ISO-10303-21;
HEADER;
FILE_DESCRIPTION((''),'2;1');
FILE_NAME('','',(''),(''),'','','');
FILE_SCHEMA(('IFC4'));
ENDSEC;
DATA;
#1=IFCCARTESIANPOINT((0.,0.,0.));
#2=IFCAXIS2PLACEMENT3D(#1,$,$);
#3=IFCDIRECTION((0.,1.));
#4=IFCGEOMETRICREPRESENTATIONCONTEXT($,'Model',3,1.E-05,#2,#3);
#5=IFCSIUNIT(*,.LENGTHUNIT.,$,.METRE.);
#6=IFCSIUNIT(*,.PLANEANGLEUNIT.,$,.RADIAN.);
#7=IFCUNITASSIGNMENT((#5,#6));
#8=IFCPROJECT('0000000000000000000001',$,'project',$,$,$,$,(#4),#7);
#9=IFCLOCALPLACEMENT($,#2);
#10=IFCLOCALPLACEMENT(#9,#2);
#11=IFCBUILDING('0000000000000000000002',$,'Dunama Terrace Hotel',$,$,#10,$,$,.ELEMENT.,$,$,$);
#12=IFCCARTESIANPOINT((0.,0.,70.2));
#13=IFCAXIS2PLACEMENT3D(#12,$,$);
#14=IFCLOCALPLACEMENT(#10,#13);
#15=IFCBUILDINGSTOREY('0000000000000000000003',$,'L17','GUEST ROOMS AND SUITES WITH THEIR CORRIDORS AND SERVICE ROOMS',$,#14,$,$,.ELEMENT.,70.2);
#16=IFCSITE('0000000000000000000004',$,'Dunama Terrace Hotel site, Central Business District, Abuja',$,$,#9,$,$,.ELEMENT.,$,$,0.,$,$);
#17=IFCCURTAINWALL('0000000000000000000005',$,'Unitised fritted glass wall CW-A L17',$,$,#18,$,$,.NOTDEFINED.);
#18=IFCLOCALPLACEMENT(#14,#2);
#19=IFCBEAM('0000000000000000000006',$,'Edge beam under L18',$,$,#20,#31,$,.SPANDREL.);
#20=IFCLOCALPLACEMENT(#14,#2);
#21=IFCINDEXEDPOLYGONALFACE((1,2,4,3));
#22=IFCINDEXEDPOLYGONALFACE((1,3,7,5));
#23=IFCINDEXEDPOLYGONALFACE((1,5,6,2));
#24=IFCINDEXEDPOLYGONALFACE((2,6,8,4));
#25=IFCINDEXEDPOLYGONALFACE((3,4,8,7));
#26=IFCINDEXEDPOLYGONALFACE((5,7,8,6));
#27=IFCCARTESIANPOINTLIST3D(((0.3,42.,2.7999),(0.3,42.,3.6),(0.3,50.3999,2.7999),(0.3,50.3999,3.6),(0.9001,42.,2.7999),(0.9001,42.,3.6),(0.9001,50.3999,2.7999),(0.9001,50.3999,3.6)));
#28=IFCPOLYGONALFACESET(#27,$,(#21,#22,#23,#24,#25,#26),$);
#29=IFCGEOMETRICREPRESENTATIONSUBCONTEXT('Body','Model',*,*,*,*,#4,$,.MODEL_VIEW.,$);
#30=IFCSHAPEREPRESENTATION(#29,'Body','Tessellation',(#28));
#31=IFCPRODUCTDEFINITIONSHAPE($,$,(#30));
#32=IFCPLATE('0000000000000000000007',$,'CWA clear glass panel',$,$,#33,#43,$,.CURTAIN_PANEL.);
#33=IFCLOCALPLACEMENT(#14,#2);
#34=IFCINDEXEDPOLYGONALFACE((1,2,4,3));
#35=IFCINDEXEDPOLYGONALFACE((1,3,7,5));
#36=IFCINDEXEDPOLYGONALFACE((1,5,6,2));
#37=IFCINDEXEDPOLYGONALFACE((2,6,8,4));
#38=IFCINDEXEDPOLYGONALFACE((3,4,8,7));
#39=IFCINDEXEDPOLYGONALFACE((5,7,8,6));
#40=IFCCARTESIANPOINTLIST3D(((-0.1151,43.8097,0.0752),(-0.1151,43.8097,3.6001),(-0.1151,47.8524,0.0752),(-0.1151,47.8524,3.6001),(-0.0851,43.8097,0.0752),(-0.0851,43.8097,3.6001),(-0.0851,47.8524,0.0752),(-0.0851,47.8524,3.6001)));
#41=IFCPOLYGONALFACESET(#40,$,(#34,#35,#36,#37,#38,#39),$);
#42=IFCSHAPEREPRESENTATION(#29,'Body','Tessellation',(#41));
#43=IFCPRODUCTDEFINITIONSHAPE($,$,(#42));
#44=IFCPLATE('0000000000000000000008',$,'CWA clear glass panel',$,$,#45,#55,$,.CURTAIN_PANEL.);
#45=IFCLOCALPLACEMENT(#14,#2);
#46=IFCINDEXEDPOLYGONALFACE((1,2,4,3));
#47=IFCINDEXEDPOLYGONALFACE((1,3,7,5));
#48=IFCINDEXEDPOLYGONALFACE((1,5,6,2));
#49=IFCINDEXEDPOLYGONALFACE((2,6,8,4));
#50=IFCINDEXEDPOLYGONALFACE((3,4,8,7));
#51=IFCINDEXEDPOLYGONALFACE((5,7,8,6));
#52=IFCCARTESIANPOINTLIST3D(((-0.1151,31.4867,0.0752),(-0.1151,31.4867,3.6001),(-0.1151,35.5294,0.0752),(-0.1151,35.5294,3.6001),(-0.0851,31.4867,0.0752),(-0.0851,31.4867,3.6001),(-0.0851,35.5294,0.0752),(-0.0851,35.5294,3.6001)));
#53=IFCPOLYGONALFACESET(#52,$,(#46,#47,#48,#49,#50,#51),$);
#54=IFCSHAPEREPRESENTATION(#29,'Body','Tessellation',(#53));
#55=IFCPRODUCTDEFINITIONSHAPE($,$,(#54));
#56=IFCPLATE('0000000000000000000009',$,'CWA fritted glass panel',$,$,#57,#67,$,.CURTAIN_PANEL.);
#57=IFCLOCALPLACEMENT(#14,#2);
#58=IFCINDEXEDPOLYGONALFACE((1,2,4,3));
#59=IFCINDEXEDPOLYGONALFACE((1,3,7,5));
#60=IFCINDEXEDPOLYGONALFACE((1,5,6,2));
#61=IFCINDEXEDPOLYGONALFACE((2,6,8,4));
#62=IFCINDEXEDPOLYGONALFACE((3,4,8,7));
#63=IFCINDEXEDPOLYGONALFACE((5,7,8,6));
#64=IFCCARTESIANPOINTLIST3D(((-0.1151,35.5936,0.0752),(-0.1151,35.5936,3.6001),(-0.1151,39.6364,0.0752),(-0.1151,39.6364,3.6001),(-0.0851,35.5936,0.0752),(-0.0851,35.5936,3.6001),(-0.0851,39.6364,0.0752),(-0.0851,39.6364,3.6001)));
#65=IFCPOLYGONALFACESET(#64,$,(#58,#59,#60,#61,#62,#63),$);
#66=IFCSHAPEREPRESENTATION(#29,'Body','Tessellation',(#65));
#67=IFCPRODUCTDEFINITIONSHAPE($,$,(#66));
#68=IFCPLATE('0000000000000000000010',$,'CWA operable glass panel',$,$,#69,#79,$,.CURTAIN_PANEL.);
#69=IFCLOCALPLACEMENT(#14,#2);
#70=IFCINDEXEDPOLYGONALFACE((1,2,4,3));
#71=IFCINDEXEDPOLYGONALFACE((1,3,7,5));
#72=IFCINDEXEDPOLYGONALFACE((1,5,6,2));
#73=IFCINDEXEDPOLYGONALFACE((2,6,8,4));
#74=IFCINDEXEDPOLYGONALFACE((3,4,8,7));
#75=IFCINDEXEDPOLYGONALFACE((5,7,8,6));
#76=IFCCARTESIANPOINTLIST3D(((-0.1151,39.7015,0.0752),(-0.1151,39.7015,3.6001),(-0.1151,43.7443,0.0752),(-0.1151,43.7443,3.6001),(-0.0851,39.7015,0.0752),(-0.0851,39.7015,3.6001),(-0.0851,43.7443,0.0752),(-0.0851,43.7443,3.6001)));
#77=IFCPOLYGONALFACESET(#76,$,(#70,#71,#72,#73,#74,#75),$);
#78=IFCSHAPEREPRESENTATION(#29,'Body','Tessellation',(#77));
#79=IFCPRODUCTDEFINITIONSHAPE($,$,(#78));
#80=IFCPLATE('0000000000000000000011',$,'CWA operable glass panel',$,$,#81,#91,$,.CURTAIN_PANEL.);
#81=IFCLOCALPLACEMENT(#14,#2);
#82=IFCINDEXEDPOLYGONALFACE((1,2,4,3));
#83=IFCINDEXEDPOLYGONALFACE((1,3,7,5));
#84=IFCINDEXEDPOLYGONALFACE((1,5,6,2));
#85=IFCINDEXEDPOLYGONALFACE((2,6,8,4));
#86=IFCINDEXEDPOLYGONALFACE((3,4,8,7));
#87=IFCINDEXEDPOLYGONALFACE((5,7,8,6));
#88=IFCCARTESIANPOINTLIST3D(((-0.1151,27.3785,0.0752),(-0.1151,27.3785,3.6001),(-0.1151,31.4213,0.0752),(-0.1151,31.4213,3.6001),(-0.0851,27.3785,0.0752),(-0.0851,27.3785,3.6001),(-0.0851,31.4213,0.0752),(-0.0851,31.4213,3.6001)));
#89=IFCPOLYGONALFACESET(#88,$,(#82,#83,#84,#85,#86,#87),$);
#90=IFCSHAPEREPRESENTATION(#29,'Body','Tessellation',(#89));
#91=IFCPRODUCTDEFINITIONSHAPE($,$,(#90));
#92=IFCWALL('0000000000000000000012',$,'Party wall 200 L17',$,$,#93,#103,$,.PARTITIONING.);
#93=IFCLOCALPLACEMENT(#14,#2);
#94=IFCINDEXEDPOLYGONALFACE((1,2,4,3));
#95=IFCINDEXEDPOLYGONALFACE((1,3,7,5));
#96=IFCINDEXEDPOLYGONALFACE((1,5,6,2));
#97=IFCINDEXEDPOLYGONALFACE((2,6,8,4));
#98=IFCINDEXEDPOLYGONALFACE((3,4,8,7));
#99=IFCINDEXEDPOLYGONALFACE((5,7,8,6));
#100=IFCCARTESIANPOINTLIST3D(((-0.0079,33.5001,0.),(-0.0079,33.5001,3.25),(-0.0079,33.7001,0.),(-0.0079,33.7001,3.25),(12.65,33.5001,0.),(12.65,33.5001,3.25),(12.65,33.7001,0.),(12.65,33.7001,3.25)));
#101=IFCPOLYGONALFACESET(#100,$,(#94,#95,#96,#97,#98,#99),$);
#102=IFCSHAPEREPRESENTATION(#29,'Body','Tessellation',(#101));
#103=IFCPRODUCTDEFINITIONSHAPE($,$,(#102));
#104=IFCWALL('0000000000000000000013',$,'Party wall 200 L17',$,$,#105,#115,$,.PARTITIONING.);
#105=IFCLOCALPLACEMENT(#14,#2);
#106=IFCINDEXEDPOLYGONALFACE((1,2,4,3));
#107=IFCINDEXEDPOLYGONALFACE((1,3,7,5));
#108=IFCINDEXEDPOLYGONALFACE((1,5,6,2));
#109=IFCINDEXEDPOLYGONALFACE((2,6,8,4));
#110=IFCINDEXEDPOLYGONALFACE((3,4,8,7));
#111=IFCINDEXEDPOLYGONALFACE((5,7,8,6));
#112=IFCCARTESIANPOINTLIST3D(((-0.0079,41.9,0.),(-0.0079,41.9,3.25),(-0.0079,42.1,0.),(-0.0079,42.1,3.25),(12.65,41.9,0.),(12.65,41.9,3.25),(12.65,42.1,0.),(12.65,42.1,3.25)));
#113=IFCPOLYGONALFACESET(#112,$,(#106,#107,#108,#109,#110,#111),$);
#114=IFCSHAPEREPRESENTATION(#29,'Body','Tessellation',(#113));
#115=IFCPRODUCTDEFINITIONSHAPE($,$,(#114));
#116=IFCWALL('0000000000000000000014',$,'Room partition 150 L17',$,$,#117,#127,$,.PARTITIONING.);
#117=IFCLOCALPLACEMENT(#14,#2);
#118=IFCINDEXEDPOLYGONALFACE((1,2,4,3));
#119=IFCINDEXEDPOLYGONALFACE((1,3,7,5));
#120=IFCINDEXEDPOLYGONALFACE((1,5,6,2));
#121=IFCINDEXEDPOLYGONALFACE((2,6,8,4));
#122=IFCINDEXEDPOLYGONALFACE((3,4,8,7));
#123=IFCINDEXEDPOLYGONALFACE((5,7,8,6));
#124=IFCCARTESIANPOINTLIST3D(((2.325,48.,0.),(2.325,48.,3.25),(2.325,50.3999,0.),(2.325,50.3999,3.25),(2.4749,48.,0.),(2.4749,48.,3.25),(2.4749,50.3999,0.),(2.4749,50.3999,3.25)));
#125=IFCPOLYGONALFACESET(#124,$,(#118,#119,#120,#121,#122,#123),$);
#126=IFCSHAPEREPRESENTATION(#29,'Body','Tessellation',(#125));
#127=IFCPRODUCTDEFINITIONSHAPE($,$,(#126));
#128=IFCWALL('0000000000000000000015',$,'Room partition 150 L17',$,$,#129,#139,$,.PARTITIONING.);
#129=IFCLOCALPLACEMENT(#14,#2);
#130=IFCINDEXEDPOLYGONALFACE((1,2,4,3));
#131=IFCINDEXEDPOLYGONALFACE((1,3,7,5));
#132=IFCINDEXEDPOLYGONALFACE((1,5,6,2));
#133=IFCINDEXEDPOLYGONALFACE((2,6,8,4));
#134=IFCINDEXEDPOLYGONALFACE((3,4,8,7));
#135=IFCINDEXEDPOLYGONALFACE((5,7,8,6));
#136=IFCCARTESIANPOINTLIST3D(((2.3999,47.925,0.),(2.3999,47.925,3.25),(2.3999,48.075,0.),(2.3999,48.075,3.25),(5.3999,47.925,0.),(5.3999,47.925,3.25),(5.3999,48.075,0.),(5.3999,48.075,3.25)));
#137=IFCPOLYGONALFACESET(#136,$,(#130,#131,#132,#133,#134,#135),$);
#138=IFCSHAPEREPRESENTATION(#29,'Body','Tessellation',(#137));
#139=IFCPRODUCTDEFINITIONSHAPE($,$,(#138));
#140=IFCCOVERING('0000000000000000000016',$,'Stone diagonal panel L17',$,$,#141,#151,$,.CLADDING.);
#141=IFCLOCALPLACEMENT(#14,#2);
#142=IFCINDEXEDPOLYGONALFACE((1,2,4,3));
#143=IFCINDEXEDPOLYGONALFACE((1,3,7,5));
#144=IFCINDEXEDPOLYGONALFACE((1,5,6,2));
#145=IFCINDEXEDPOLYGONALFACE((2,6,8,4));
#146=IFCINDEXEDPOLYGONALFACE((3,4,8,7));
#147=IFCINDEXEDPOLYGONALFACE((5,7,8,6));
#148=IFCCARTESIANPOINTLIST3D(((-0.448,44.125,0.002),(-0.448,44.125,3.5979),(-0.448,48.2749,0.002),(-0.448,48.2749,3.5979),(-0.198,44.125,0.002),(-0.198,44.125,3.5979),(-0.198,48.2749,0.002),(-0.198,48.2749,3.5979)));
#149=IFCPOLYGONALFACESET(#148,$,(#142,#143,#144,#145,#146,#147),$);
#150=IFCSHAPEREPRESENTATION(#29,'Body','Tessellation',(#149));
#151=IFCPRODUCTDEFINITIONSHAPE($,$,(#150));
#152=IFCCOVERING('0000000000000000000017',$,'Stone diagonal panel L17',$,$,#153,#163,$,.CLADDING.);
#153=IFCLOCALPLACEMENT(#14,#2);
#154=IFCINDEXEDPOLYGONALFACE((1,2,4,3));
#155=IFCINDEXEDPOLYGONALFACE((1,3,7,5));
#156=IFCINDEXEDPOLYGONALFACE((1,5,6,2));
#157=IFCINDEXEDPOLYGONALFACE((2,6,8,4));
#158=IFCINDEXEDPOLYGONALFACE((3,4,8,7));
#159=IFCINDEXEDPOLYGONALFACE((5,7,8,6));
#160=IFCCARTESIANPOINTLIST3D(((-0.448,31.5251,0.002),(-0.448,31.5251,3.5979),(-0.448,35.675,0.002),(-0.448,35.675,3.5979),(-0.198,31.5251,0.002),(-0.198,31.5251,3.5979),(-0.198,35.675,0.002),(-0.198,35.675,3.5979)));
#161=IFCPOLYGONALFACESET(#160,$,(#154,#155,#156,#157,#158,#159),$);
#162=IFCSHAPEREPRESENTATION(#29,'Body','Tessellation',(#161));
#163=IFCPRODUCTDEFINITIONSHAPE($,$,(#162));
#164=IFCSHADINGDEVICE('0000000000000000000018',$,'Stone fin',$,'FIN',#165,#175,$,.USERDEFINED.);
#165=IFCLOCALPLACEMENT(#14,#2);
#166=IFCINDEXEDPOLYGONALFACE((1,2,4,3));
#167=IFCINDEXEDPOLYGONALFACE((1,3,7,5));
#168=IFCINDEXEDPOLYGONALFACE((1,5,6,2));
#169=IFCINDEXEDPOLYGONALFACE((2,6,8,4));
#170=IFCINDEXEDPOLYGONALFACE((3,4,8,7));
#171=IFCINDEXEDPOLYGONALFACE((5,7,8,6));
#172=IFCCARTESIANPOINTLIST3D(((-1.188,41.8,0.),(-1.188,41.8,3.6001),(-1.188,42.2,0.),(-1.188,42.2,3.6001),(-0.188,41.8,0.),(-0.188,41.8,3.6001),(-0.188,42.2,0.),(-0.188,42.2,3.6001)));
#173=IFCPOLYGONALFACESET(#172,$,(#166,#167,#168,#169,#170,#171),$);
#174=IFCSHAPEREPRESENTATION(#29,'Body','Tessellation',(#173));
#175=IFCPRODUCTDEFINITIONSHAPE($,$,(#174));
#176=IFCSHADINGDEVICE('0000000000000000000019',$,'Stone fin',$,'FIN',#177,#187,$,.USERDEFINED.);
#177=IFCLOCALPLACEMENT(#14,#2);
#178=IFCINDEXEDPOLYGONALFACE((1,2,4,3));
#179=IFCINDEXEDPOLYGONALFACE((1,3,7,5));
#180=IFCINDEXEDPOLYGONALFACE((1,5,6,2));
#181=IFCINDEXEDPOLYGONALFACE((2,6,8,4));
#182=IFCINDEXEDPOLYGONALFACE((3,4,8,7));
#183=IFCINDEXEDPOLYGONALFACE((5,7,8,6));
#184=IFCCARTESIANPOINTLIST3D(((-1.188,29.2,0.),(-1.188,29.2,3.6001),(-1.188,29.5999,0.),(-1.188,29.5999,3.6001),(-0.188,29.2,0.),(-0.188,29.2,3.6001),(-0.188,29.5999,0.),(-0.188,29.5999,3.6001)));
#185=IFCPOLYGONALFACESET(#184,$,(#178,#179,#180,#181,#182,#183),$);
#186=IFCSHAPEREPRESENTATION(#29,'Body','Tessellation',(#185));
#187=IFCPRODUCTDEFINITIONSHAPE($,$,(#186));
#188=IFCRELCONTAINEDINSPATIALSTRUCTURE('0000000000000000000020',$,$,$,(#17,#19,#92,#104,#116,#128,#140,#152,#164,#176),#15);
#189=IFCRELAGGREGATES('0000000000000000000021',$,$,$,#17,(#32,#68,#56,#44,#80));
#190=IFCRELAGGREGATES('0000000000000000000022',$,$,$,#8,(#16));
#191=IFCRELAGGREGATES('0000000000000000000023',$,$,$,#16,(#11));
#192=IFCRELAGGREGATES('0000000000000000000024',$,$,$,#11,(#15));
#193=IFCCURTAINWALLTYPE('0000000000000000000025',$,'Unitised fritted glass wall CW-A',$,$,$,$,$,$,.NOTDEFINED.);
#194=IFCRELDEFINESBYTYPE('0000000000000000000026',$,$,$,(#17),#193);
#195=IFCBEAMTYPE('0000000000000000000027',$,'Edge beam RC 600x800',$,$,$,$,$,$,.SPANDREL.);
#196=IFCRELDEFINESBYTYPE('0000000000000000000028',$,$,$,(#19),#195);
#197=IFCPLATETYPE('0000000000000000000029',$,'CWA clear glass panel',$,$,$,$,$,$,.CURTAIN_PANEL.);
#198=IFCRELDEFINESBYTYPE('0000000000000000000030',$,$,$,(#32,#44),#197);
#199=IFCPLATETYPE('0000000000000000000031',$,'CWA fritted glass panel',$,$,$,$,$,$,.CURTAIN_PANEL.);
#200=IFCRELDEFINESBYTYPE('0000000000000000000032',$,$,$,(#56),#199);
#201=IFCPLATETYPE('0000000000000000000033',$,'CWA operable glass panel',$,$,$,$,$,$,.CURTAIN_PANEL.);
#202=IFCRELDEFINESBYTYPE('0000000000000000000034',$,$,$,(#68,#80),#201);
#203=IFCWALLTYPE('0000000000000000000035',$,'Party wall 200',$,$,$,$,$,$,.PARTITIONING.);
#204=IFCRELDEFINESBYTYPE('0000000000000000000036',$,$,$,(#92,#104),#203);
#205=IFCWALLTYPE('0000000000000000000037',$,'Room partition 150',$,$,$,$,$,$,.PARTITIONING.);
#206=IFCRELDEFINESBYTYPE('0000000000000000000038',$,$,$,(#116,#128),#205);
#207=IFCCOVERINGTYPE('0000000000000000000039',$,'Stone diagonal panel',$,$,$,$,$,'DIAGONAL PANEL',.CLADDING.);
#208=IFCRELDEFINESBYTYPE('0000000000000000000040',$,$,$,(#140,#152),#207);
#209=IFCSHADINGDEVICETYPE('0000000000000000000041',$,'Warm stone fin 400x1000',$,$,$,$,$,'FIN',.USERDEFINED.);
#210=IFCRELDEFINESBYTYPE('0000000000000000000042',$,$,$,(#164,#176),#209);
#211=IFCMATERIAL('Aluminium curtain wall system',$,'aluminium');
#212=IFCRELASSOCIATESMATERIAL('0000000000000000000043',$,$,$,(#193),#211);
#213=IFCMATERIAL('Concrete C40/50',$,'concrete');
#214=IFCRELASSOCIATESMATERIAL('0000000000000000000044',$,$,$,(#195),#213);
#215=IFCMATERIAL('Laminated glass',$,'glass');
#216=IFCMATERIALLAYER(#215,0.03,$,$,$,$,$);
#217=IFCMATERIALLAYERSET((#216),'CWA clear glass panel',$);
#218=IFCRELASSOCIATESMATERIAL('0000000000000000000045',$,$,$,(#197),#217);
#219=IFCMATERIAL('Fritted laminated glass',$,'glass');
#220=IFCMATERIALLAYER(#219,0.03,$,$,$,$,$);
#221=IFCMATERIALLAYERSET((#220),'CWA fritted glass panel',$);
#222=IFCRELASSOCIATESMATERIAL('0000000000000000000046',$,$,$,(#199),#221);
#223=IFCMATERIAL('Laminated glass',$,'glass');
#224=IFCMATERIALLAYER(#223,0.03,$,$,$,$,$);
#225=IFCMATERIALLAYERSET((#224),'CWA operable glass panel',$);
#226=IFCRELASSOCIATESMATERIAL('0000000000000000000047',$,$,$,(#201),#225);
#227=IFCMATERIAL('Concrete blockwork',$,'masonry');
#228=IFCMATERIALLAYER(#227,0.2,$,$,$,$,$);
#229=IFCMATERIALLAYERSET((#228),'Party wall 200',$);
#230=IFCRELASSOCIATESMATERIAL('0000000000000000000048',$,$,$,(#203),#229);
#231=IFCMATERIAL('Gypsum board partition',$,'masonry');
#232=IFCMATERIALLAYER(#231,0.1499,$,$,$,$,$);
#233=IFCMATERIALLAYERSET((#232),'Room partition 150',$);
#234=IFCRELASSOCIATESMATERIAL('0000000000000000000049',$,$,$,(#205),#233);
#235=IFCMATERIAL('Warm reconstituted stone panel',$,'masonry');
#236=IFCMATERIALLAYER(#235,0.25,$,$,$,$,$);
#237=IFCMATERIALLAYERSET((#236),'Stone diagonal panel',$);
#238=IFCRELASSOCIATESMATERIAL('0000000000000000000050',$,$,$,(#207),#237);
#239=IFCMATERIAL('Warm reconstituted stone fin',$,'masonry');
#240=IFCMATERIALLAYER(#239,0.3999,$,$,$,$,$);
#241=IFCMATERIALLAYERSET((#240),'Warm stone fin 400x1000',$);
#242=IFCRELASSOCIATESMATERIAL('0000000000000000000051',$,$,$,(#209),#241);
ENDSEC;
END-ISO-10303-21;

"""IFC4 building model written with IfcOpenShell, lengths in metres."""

from ifc_helpers import new_model, si_unit, direction, frame, frame_2d, origin, origin_2d, place, context, subcontext, project, spatial, rectangle, extrude, material, layer, layer_set, material_profile, profile_set, type_object, element, aggregate, save


model = new_model("IFC4")

# Units and contexts
model_context = context("Model", 3, precision=1e-05, world=origin(), true_north=direction((0.0, 1.0)))
body_context = subcontext(model_context, "Body", "Model", "MODEL_VIEW")
ifc_project = project(units=[si_unit("LENGTHUNIT", "METRE"), si_unit("PLANEANGLEUNIT", "RADIAN")], contexts=[model_context])

# Site, building, storey
site_placement = place(None, origin())
site = spatial("IfcSite", under=ifc_project, at=site_placement, Name="Dunama Terrace Hotel site, Central Business District, Abuja", CompositionType="ELEMENT", RefElevation=0.0)
building_placement = place(site_placement, origin())
building = spatial("IfcBuilding", under=site, at=building_placement, Name="Dunama Terrace Hotel", CompositionType="ELEMENT")
storey_placement = place(building_placement, frame((0.0, 0.0, 70.2)))
storey = spatial("IfcBuildingStorey", under=building, at=storey_placement, Name="L17", Description="GUEST ROOMS AND SUITES WITH THEIR CORRIDORS AND SERVICE ROOMS", CompositionType="ELEMENT", Elevation=70.2)

# Curtain wall
ifc_material_1 = material(Name="Aluminium curtain wall system", Category="aluminium")
curtain_wall_type = type_object("IfcCurtainWallType", Name="Unitised fritted glass wall CW-A", PredefinedType="NOTDEFINED", material=ifc_material_1)
curtain_wall_placement = place(storey_placement, origin())
curtain_wall = element("IfcCurtainWall", 1, at=curtain_wall_placement, inside=storey, type_object=curtain_wall_type, Name="Unitised fritted glass wall CW-A L17", PredefinedType="NOTDEFINED")

# Beam
ifc_material_2 = material(Name="Concrete C40/50", Category="concrete")
ifc_material_profile_1 = material_profile(ifc_material_2, rectangle(XDim=0.6001, YDim=0.8, at=origin_2d()), Name="RC 600x800")
ifc_profile_set_1 = profile_set([ifc_material_profile_1], Name="Concrete C40/50")
beam_type = type_object("IfcBeamType", Name="Edge beam RC 600x800", PredefinedType="SPANDREL", material=ifc_profile_set_1)
for number, where, z_axis, x_axis, name in (
    (2, (0.6001, 42.0, 3.2), (0.0, 1.0, 0.0), (-1.0, 0.0, 0.0), "Edge beam under L18"),
):
    element("IfcBeam", number, at=place(storey_placement, frame(where, z_axis=z_axis, x_axis=x_axis)), inside=storey, type_object=beam_type, Name=name, PredefinedType="SPANDREL", context=body_context, shape_type="SweptSolid", body=[
        extrude(rectangle(XDim=0.6001, YDim=0.8, at=origin_2d()), origin(), (0.0, 0.0, 1.0), 8.3999),
    ])

# Plates
ifc_material_3 = material(Name="Laminated glass", Category="glass")
ifc_layer_1 = layer(ifc_material_3, 0.03)
ifc_layer_set_1 = layer_set([ifc_layer_1], Name="CWA clear glass panel")
plate_type_1 = type_object("IfcPlateType", Name="CWA clear glass panel", PredefinedType="CURTAIN_PANEL", material=ifc_layer_set_1)
plate_1_placement = place(storey_placement, frame((-0.1001, 45.8311, 0.0752), z_axis=(0.0, 0.0, 1.0), x_axis=(0.0, -1.0, 0.0)))
plate_1 = element("IfcPlate", 3, at=plate_1_placement, type_object=plate_type_1, Name="CWA clear glass panel", PredefinedType="CURTAIN_PANEL", context=body_context, shape_type="SweptSolid", body=[
    extrude(rectangle(XDim=4.0427, YDim=0.03, at=origin_2d()), origin(), (0.0, 0.0, 1.0), 3.5249),
])
plate_2_placement = place(storey_placement, frame((-0.1001, 33.5081, 0.0752), z_axis=(0.0, 0.0, 1.0), x_axis=(0.0, -1.0, 0.0)))
plate_2 = element("IfcPlate", 4, at=plate_2_placement, type_object=plate_type_1, Name="CWA clear glass panel", PredefinedType="CURTAIN_PANEL", context=body_context, shape_type="SweptSolid", body=[
    extrude(rectangle(XDim=4.0427, YDim=0.03, at=origin_2d()), origin(), (0.0, 0.0, 1.0), 3.5249),
])
ifc_material_4 = material(Name="Fritted laminated glass", Category="glass")
ifc_layer_2 = layer(ifc_material_4, 0.03)
ifc_layer_set_2 = layer_set([ifc_layer_2], Name="CWA fritted glass panel")
plate_type_2 = type_object("IfcPlateType", Name="CWA fritted glass panel", PredefinedType="CURTAIN_PANEL", material=ifc_layer_set_2)
plate_3_placement = place(storey_placement, frame((-0.1001, 37.615, 0.0752), z_axis=(0.0, 0.0, 1.0), x_axis=(0.0, -1.0, 0.0)))
plate_3 = element("IfcPlate", 5, at=plate_3_placement, type_object=plate_type_2, Name="CWA fritted glass panel", PredefinedType="CURTAIN_PANEL", context=body_context, shape_type="SweptSolid", body=[
    extrude(rectangle(XDim=4.0427, YDim=0.03, at=origin_2d()), origin(), (0.0, 0.0, 1.0), 3.5249),
])
ifc_material_5 = material(Name="Laminated glass", Category="glass")
ifc_layer_3 = layer(ifc_material_5, 0.03)
ifc_layer_set_3 = layer_set([ifc_layer_3], Name="CWA operable glass panel")
plate_type_3 = type_object("IfcPlateType", Name="CWA operable glass panel", PredefinedType="CURTAIN_PANEL", material=ifc_layer_set_3)
plate_4_placement = place(storey_placement, frame((-0.1001, 41.7229, 0.0752), z_axis=(0.0, 0.0, 1.0), x_axis=(0.0, -1.0, 0.0)))
plate_4 = element("IfcPlate", 6, at=plate_4_placement, type_object=plate_type_3, Name="CWA operable glass panel", PredefinedType="CURTAIN_PANEL", context=body_context, shape_type="SweptSolid", body=[
    extrude(rectangle(XDim=4.0427, YDim=0.03, at=origin_2d()), origin(), (0.0, 0.0, 1.0), 3.5249),
])
plate_5_placement = place(storey_placement, frame((-0.1001, 29.3999, 0.0752), z_axis=(0.0, 0.0, 1.0), x_axis=(0.0, -1.0, 0.0)))
plate_5 = element("IfcPlate", 7, at=plate_5_placement, type_object=plate_type_3, Name="CWA operable glass panel", PredefinedType="CURTAIN_PANEL", context=body_context, shape_type="SweptSolid", body=[
    extrude(rectangle(XDim=4.0427, YDim=0.03, at=origin_2d()), origin(), (0.0, 0.0, 1.0), 3.5249),
])
aggregate(curtain_wall, [plate_1, plate_4, plate_3, plate_2, plate_5])

# Walls
ifc_material_6 = material(Name="Concrete blockwork", Category="masonry")
ifc_layer_4 = layer(ifc_material_6, 0.2)
ifc_layer_set_4 = layer_set([ifc_layer_4], Name="Party wall 200")
wall_type_1 = type_object("IfcWallType", Name="Party wall 200", PredefinedType="PARTITIONING", material=ifc_layer_set_4)
for number, where, z_axis, x_axis, name in (
    (8, (-0.0081, 33.6001, 0.0), (0.0, 0.0, 1.0), (1.0, 0.0, 0.0), "Party wall 200 L17"),
    (9, (-0.0081, 42.0, 0.0), (0.0, 0.0, 1.0), (1.0, 0.0, 0.0), "Party wall 200 L17"),
):
    element("IfcWall", number, at=place(storey_placement, frame(where, z_axis=z_axis, x_axis=x_axis)), inside=storey, type_object=wall_type_1, Name=name, PredefinedType="PARTITIONING", context=body_context, shape_type="SweptSolid", body=[
        extrude(rectangle(XDim=12.658, YDim=0.2, at=frame_2d((6.3291, 0.0))), origin(), (0.0, 0.0, 1.0), 3.25),
    ])
ifc_material_7 = material(Name="Gypsum board partition", Category="masonry")
ifc_layer_5 = layer(ifc_material_7, 0.1499)
ifc_layer_set_5 = layer_set([ifc_layer_5], Name="Room partition 150")
wall_type_2 = type_object("IfcWallType", Name="Room partition 150", PredefinedType="PARTITIONING", material=ifc_layer_set_5)
wall_1_placement = place(storey_placement, frame((2.3999, 48.0, 0.0), z_axis=(0.0, 0.0, 1.0), x_axis=(0.0, 1.0, 0.0)))
element("IfcWall", 10, at=wall_1_placement, inside=storey, type_object=wall_type_2, Name="Room partition 150 L17", PredefinedType="PARTITIONING", context=body_context, shape_type="SweptSolid", body=[
    extrude(rectangle(XDim=2.3999, YDim=0.1499, at=frame_2d((1.2, 0.0))), origin(), (0.0, 0.0, 1.0), 3.25),
])
wall_2_placement = place(storey_placement, frame((2.3999, 48.0, 0.0), z_axis=(0.0, 0.0, 1.0), x_axis=(1.0, 0.0, 0.0)))
element("IfcWall", 11, at=wall_2_placement, inside=storey, type_object=wall_type_2, Name="Room partition 150 L17", PredefinedType="PARTITIONING", context=body_context, shape_type="SweptSolid", body=[
    extrude(rectangle(XDim=3.0, YDim=0.1499, at=frame_2d((1.5, 0.0))), origin(), (0.0, 0.0, 1.0), 3.25),
])

# Coverings
ifc_material_8 = material(Name="Warm reconstituted stone panel", Category="masonry")
ifc_layer_6 = layer(ifc_material_8, 0.25)
ifc_layer_set_6 = layer_set([ifc_layer_6], Name="Stone diagonal panel")
covering_type = type_object("IfcCoveringType", Name="Stone diagonal panel", ElementType="DIAGONAL PANEL", PredefinedType="CLADDING", material=ifc_layer_set_6)
for number, where, z_axis, x_axis, name in (
    (12, (-0.323, 46.2, 0.002), (0.0, 0.0, 1.0), (0.0, -1.0, 0.0), "Stone diagonal panel L17"),
    (13, (-0.323, 33.6001, 0.002), (0.0, 0.0, 1.0), (0.0, -1.0, 0.0), "Stone diagonal panel L17"),
):
    element("IfcCovering", number, at=place(storey_placement, frame(where, z_axis=z_axis, x_axis=x_axis)), inside=storey, type_object=covering_type, Name=name, PredefinedType="CLADDING", context=body_context, shape_type="SweptSolid", body=[
        extrude(rectangle(XDim=4.1499, YDim=0.25, at=origin_2d()), origin(), (0.0, 0.0, 1.0), 3.5959),
    ])

# Shading devices
ifc_material_9 = material(Name="Warm reconstituted stone fin", Category="masonry")
ifc_layer_7 = layer(ifc_material_9, 0.3999)
ifc_layer_set_7 = layer_set([ifc_layer_7], Name="Warm stone fin 400x1000")
shading_device_type = type_object("IfcShadingDeviceType", Name="Warm stone fin 400x1000", ElementType="FIN", PredefinedType="USERDEFINED", material=ifc_layer_set_7)
for number, where, z_axis, x_axis, name in (
    (14, (-0.688, 42.0, 0.0), (0.0, 0.0, 1.0), (0.0, -1.0, 0.0), "Stone fin"),
    (15, (-0.688, 29.3999, 0.0), (0.0, 0.0, 1.0), (0.0, -1.0, 0.0), "Stone fin"),
):
    element("IfcShadingDevice", number, at=place(storey_placement, frame(where, z_axis=z_axis, x_axis=x_axis)), inside=storey, type_object=shading_device_type, Name=name, ObjectType="FIN", PredefinedType="USERDEFINED", context=body_context, shape_type="SweptSolid", body=[
        extrude(rectangle(XDim=0.3999, YDim=1.0, at=origin_2d()), origin(), (0.0, 0.0, 1.0), 3.6001),
    ])

save(model, "model.ifc")
